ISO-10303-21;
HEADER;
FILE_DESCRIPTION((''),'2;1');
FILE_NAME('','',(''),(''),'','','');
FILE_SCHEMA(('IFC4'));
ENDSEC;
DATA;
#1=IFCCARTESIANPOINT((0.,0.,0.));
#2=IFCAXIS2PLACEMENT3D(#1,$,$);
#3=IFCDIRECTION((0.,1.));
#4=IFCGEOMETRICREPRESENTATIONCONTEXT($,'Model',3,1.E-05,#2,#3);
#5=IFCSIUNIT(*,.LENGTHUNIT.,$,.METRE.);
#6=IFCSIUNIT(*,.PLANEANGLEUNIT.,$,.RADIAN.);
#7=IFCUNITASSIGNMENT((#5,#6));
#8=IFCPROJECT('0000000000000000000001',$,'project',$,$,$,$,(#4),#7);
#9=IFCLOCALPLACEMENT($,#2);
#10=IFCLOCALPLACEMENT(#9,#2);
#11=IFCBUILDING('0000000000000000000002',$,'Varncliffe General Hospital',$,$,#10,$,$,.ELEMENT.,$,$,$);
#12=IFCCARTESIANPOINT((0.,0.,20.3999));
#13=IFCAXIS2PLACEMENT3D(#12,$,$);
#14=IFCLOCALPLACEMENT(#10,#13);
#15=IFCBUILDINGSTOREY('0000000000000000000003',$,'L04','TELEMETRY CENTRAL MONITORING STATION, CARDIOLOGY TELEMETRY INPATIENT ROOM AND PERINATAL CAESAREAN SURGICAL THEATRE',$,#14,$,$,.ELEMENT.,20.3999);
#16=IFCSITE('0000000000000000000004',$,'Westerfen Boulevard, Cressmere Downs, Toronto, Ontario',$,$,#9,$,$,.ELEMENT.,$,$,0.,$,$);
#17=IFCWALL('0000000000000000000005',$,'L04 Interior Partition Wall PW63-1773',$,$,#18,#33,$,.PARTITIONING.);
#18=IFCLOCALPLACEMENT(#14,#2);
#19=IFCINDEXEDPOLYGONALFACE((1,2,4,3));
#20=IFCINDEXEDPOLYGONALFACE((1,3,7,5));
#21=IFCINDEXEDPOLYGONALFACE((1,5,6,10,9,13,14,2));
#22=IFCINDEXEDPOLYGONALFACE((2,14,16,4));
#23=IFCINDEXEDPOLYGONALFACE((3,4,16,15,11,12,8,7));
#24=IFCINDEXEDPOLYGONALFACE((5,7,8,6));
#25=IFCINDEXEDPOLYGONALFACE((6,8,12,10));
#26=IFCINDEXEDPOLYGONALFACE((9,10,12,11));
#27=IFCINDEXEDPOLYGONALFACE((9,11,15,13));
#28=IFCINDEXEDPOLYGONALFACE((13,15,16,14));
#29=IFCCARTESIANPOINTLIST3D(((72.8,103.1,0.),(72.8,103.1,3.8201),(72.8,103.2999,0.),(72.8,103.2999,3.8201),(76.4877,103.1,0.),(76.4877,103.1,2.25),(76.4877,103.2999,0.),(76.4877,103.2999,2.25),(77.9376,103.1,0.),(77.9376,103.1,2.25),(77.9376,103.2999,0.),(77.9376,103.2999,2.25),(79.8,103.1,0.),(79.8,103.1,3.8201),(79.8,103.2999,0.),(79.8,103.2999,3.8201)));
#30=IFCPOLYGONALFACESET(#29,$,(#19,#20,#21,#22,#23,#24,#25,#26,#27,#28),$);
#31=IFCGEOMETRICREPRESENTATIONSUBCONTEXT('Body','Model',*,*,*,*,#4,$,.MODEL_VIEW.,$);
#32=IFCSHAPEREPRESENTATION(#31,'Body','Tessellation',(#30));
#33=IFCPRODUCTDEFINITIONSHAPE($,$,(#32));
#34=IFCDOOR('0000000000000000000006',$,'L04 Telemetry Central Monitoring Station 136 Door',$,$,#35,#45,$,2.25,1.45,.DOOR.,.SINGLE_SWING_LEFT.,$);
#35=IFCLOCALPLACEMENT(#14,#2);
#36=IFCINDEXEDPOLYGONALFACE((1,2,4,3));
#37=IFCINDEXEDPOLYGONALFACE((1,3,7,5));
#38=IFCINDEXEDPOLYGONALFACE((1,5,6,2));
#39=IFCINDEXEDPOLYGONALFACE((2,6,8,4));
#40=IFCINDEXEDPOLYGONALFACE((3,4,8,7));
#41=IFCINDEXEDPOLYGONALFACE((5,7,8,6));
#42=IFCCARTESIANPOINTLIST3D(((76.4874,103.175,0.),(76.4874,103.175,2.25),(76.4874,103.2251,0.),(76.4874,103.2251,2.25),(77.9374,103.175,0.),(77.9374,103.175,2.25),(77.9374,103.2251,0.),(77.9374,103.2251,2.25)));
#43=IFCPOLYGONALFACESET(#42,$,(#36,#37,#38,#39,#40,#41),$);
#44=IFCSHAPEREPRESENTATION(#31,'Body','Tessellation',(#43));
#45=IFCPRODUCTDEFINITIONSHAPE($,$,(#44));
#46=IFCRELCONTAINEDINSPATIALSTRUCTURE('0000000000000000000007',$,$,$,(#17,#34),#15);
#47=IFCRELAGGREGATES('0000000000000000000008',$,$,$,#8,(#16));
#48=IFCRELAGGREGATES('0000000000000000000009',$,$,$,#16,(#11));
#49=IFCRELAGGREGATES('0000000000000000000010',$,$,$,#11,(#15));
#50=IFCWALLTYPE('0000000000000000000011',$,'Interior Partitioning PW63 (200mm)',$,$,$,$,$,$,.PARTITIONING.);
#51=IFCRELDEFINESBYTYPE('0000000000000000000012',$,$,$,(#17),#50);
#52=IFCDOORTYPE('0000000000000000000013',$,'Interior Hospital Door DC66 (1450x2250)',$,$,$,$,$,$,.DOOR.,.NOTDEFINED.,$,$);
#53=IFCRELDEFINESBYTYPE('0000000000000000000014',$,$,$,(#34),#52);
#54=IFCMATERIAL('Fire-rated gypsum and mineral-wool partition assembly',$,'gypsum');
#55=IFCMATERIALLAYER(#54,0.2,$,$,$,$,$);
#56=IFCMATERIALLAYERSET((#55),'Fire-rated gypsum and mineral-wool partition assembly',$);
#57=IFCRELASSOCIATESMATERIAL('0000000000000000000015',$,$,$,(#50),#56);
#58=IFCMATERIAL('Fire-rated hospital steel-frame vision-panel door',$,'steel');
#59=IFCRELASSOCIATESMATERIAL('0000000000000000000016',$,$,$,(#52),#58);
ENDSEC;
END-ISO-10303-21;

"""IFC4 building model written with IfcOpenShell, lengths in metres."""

from ifc_helpers import new_model, si_unit, direction, frame, frame_2d, origin, place, context, subcontext, project, spatial, rectangle, extrude, material, layer, layer_set, type_object, element, fill, save


model = new_model("IFC4")

# Units and contexts
model_context = context("Model", 3, precision=1e-05, world=origin(), true_north=direction((0.0, 1.0)))
body_context = subcontext(model_context, "Body", "Model", "MODEL_VIEW")
ifc_project = project(units=[si_unit("LENGTHUNIT", "METRE"), si_unit("PLANEANGLEUNIT", "RADIAN")], contexts=[model_context])

# Site, building, storey
site_placement = place(None, origin())
site = spatial("IfcSite", under=ifc_project, at=site_placement, Name="Westerfen Boulevard, Cressmere Downs, Toronto, Ontario", CompositionType="ELEMENT", RefElevation=0.0)
building_placement = place(site_placement, origin())
building = spatial("IfcBuilding", under=site, at=building_placement, Name="Varncliffe General Hospital", CompositionType="ELEMENT")
storey_placement = place(building_placement, frame((0.0, 0.0, 20.3999)))
storey = spatial("IfcBuildingStorey", under=building, at=storey_placement, Name="L04", Description="TELEMETRY CENTRAL MONITORING STATION, CARDIOLOGY TELEMETRY INPATIENT ROOM AND PERINATAL CAESAREAN SURGICAL THEATRE", CompositionType="ELEMENT", Elevation=20.3999)

# Wall, opening, door
ifc_material_1 = material(Name="Fire-rated gypsum and mineral-wool partition assembly", Category="gypsum")
ifc_layer_1 = layer(ifc_material_1, 0.2)
ifc_layer_set_1 = layer_set([ifc_layer_1], Name="Fire-rated gypsum and mineral-wool partition assembly")
wall_type_1 = type_object("IfcWallType", Name="Interior Partitioning PW63 (200mm)", PredefinedType="PARTITIONING", material=ifc_layer_set_1)
wall_1_placement = place(storey_placement, frame((72.8, 103.2, 0.0), z_axis=(0.0, 0.0, 1.0), x_axis=(1.0, 0.0, 0.0)))
wall_1 = element("IfcWall", 1, at=wall_1_placement, inside=storey, type_object=wall_type_1, Name="L04 Interior Partition Wall PW63-1773", PredefinedType="PARTITIONING", context=body_context, shape_type="SweptSolid", body=[
    extrude(rectangle(XDim=7.0, YDim=0.2, at=frame_2d((3.5, 0.0))), origin(), (0.0, 0.0, 1.0), 3.8201),
])
opening_1_placement = place(wall_1_placement, frame((3.6875, 0.0, 0.0)))
opening_1 = element("IfcOpeningElement", 2, at=opening_1_placement, cuts=wall_1, PredefinedType="OPENING", context=body_context, shape_type="SweptSolid", body=[
    extrude(rectangle(XDim=1.45, YDim=2.25, at=frame_2d((0.7251, 1.125))), frame((0.0, 0.1099, 0.0), z_axis=(0.0, -1.0, 0.0), x_axis=(1.0, 0.0, 0.0)), (0.0, 0.0, 1.0), 0.22),
])
ifc_material_2 = material(Name="Fire-rated hospital steel-frame vision-panel door", Category="steel")
door_type = type_object("IfcDoorType", Name="Interior Hospital Door DC66 (1450x2250)", OperationType="NOTDEFINED", PredefinedType="DOOR", material=ifc_material_2)
door_placement = place(opening_1_placement, frame((1.45, 0.0, 0.0), z_axis=(0.0, 0.0, 1.0), x_axis=(-1.0, 0.0, 0.0)))
door = element("IfcDoor", 3, at=door_placement, inside=storey, type_object=door_type, Name="L04 Telemetry Central Monitoring Station 136 Door", OperationType="SINGLE_SWING_LEFT", OverallHeight=2.25, OverallWidth=1.45, PredefinedType="DOOR", context=body_context, shape_type="SweptSolid", body=[
    extrude(rectangle(XDim=1.45, YDim=2.25, at=frame_2d((0.7251, 1.125))), frame((0.0, 0.0249, 0.0), z_axis=(0.0, -1.0, 0.0), x_axis=(1.0, 0.0, 0.0)), (0.0, 0.0, 1.0), 0.05),
])
fill(opening_1, door)

save(model, "model.ifc")
